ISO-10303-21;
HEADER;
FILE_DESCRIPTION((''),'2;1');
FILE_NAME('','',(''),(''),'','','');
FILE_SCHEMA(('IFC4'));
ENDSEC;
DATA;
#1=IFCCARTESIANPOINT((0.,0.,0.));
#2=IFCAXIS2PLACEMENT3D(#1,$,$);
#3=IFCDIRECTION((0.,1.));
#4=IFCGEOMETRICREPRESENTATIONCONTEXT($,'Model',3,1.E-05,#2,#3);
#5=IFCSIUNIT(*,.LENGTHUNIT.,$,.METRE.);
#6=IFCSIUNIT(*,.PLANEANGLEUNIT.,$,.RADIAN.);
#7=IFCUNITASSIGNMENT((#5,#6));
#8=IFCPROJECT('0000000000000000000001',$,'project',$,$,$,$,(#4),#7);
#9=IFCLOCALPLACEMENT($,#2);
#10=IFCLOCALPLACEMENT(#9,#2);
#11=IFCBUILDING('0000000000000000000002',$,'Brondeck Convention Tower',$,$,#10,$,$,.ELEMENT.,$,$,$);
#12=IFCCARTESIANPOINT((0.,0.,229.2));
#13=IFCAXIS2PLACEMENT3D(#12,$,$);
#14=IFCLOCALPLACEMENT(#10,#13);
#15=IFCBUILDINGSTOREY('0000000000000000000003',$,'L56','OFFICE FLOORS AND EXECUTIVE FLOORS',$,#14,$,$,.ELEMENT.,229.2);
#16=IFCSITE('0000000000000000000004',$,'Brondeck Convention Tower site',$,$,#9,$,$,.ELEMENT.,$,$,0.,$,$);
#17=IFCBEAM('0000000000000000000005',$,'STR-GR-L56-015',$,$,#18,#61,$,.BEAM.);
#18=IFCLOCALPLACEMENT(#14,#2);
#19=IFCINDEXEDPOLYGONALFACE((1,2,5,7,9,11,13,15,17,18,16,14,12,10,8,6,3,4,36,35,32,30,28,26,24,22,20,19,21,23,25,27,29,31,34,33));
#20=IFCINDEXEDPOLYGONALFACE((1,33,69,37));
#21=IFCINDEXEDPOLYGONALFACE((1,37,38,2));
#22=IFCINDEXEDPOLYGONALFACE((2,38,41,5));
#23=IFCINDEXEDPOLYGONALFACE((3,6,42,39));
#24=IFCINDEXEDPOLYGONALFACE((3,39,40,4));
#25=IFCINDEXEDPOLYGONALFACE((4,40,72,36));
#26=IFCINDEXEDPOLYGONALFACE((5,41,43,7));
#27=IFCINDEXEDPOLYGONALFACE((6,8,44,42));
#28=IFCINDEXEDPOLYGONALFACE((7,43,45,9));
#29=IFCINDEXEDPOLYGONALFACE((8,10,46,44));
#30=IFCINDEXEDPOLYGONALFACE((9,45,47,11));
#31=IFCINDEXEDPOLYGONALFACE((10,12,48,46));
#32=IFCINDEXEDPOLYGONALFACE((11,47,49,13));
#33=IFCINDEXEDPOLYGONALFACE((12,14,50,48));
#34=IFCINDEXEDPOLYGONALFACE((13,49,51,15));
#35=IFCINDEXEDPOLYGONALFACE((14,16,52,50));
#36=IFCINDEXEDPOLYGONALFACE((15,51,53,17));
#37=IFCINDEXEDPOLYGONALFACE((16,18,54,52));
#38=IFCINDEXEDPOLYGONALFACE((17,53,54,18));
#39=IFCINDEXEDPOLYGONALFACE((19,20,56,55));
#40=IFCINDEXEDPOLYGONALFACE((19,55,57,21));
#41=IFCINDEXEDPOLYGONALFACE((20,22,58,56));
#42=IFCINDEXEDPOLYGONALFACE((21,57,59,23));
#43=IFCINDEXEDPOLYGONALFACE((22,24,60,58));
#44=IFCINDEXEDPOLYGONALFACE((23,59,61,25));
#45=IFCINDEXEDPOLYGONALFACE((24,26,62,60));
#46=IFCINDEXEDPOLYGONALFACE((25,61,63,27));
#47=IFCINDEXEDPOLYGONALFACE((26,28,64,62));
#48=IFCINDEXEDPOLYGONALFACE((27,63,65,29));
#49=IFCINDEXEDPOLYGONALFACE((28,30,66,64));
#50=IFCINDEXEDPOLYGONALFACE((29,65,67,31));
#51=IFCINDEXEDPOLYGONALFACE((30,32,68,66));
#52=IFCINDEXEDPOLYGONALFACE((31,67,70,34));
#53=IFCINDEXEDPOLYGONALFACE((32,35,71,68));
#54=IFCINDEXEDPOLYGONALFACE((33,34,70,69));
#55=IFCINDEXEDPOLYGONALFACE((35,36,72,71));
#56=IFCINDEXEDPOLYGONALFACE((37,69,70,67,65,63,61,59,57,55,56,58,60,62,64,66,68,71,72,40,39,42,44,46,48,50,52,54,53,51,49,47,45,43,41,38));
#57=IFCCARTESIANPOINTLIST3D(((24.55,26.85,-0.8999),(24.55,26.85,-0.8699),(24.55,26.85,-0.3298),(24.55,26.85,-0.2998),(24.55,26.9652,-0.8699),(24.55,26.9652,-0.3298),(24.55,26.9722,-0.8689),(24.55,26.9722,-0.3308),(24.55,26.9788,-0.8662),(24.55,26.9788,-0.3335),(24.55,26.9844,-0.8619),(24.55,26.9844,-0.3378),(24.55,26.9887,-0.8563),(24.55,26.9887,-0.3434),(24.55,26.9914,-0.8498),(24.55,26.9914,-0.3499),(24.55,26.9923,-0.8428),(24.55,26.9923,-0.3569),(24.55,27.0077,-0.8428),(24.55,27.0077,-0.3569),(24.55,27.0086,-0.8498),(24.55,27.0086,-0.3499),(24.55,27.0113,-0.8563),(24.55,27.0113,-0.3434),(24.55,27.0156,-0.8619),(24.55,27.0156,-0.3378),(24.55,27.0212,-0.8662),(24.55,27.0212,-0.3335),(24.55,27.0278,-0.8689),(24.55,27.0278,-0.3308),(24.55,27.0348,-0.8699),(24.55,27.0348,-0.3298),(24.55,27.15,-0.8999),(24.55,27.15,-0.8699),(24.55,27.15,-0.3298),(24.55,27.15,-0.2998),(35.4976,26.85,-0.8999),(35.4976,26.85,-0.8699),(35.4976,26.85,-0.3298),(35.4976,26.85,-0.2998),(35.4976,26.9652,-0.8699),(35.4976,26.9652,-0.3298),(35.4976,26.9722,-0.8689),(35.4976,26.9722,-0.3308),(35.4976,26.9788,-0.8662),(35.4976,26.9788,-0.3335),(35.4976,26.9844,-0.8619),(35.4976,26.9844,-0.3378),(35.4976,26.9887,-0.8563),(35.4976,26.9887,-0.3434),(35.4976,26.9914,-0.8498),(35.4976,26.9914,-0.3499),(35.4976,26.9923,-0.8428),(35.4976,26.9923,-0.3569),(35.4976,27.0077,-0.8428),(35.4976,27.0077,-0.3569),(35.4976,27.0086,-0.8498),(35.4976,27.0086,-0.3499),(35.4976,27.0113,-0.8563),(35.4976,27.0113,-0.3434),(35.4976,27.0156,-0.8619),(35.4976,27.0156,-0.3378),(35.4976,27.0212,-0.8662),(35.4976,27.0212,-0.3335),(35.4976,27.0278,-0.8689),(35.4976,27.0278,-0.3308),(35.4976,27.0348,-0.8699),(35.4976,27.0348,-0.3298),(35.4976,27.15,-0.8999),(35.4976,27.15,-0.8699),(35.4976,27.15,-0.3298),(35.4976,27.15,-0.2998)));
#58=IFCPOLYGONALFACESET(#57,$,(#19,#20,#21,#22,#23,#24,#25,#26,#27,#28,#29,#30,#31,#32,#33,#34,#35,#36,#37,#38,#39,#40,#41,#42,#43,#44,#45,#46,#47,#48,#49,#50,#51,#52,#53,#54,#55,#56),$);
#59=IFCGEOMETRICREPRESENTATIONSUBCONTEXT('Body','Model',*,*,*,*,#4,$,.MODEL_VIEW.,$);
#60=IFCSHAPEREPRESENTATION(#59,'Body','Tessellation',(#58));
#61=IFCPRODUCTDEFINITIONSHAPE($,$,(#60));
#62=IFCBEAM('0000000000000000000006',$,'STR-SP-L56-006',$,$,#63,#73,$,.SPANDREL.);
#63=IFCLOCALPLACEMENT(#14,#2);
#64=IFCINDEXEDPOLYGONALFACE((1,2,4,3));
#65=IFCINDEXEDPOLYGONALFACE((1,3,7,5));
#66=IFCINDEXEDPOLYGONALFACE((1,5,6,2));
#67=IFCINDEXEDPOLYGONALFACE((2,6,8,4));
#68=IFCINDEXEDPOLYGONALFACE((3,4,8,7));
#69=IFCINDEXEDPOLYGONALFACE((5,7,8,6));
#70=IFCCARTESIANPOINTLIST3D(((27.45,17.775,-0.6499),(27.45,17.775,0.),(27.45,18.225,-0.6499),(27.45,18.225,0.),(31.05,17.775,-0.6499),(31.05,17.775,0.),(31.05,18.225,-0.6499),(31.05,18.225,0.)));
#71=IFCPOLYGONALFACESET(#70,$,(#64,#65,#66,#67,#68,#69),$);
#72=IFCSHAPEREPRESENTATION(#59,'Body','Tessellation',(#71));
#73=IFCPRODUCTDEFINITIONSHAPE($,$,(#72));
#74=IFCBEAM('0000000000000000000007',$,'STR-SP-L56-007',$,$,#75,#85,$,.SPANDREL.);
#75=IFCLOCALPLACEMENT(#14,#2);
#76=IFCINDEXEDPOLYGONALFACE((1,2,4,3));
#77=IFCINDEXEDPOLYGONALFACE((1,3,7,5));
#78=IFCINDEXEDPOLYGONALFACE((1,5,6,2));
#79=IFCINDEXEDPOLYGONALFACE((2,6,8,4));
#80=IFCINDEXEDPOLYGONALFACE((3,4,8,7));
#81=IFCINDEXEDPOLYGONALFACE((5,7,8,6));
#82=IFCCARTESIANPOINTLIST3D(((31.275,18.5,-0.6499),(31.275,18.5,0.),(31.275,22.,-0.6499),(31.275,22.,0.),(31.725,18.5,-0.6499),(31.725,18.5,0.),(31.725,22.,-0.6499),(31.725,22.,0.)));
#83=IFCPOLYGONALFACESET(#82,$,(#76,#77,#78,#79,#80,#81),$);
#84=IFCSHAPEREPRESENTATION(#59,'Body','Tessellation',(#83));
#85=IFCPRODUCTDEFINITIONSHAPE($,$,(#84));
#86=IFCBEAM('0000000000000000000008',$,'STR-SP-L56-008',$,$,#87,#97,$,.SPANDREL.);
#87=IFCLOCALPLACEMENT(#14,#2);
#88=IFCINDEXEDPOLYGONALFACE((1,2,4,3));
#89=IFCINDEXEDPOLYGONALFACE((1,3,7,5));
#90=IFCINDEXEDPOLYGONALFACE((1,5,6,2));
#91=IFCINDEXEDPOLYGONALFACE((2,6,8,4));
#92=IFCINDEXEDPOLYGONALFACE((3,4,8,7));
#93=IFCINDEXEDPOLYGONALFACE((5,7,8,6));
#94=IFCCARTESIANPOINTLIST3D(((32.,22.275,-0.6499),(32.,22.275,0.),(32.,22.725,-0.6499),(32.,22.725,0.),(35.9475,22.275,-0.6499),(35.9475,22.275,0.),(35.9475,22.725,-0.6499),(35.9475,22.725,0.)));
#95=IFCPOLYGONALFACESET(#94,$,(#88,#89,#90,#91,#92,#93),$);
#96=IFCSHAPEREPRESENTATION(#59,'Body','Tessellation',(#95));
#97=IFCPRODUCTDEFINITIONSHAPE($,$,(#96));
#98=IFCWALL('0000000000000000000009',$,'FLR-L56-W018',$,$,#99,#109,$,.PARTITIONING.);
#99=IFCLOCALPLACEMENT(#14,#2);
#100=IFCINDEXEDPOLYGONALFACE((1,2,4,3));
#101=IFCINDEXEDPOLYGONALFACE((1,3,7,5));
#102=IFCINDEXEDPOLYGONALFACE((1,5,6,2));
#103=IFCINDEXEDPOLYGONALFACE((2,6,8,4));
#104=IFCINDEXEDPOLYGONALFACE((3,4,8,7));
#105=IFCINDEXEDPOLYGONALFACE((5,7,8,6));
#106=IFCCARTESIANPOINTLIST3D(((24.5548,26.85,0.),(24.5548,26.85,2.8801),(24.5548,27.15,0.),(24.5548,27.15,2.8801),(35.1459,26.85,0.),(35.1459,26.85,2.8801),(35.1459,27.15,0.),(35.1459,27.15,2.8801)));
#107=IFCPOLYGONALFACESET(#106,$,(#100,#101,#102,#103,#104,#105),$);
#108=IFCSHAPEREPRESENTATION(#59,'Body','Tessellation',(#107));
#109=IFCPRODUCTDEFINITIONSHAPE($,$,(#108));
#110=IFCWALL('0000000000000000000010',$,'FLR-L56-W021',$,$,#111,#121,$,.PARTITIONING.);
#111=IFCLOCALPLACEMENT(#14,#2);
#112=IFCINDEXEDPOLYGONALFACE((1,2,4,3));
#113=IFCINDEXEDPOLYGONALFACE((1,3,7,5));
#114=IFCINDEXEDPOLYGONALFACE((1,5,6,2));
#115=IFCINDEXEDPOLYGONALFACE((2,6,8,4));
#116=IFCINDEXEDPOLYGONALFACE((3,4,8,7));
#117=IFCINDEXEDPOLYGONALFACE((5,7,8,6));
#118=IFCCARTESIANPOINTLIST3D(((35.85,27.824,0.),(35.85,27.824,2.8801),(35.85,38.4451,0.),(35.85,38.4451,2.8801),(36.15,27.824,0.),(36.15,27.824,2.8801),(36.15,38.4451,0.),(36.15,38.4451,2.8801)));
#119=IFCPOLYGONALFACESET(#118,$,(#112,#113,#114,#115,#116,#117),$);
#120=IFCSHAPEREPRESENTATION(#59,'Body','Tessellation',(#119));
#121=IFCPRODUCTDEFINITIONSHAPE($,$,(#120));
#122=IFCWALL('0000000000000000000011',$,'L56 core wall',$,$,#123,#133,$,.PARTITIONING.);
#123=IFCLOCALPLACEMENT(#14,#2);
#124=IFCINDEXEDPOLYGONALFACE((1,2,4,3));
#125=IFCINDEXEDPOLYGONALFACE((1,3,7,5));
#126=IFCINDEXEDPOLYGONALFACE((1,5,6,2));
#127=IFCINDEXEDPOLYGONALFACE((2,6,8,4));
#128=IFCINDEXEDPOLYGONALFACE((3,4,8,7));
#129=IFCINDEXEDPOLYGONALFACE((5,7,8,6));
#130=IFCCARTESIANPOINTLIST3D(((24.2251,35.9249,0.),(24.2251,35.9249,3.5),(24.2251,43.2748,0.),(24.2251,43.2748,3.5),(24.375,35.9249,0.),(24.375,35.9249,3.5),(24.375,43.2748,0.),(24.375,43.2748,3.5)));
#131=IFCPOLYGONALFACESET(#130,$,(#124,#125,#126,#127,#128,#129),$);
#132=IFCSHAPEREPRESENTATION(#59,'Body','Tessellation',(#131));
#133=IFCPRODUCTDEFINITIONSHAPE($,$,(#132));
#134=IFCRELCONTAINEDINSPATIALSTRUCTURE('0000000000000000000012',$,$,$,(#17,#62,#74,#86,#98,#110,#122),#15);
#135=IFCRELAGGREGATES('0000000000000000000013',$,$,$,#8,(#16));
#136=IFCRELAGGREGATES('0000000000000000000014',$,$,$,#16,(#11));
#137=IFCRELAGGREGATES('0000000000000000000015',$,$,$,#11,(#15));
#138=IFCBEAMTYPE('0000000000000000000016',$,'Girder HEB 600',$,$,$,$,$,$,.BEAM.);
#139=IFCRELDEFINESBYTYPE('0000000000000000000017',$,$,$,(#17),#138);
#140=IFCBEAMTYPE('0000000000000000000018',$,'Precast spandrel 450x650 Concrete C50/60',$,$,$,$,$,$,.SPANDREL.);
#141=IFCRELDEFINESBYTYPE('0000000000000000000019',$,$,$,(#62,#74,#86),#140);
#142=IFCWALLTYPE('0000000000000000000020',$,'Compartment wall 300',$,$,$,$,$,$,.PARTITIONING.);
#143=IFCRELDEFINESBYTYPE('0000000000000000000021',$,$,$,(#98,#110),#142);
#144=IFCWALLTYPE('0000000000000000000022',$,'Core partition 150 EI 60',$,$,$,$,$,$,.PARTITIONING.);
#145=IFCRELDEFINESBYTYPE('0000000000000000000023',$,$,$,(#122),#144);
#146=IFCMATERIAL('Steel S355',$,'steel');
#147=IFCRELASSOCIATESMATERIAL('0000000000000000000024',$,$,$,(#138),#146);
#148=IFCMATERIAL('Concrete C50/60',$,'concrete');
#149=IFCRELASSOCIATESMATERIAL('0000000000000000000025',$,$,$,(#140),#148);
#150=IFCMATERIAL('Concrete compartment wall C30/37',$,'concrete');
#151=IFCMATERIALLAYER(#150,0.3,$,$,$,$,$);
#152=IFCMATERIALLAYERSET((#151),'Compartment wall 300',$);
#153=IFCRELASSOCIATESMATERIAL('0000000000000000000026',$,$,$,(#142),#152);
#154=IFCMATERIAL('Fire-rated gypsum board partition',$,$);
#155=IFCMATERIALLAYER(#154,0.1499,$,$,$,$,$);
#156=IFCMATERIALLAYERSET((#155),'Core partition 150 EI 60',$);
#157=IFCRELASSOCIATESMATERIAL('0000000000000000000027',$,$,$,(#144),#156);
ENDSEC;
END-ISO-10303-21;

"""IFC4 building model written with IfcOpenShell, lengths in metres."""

from ifc_helpers import new_model, si_unit, direction, frame, frame_2d, origin, origin_2d, place, context, subcontext, project, spatial, rectangle, i_section, extrude, material, layer, layer_set, material_profile, profile_set, type_object, element, save


model = new_model("IFC4")

# Units and contexts
model_context = context("Model", 3, precision=1e-05, world=origin(), true_north=direction((0.0, 1.0)))
body_context = subcontext(model_context, "Body", "Model", "MODEL_VIEW")
ifc_project = project(units=[si_unit("LENGTHUNIT", "METRE"), si_unit("PLANEANGLEUNIT", "RADIAN")], contexts=[model_context])

# Site, building, storey
site_placement = place(None, origin())
site = spatial("IfcSite", under=ifc_project, at=site_placement, Name="Brondeck Convention Tower site", CompositionType="ELEMENT", RefElevation=0.0)
building_placement = place(site_placement, origin())
building = spatial("IfcBuilding", under=site, at=building_placement, Name="Brondeck Convention Tower", CompositionType="ELEMENT")
storey_placement = place(building_placement, frame((0.0, 0.0, 229.2)))
storey = spatial("IfcBuildingStorey", under=building, at=storey_placement, Name="L56", Description="OFFICE FLOORS AND EXECUTIVE FLOORS", CompositionType="ELEMENT", Elevation=229.2)

# Shared definitions
ifc_material_1 = material(Name="Concrete C50/60", Category="concrete")

# Beams
ifc_material_2 = material(Name="Steel S355", Category="steel")
ifc_material_profile_1 = material_profile(ifc_material_2, i_section(OverallWidth=0.3, OverallDepth=0.6001, WebThickness=0.0154, FlangeThickness=0.03, FilletRadius=0.0271, at=origin_2d()), Name="HEB 600")
ifc_profile_set_1 = profile_set([ifc_material_profile_1], Name="Steel S355")
beam_type_1 = type_object("IfcBeamType", Name="Girder HEB 600", PredefinedType="BEAM", material=ifc_profile_set_1)
beam_1_placement = place(storey_placement, frame((24.55, 27.0, -0.5999), z_axis=(1.0, 0.0, 0.0), x_axis=(0.0, 1.0, 0.0)))
element("IfcBeam", 1, at=beam_1_placement, inside=storey, type_object=beam_type_1, Name="STR-GR-L56-015", PredefinedType="BEAM", context=body_context, shape_type="SweptSolid", body=[
    extrude(i_section(OverallWidth=0.3, OverallDepth=0.6001, WebThickness=0.0154, FlangeThickness=0.03, FilletRadius=0.0271, at=origin_2d()), origin(), (0.0, 0.0, 1.0), 10.9475),
])
ifc_material_profile_2 = material_profile(ifc_material_1, rectangle(XDim=0.45, YDim=0.6499, at=origin_2d()), Name="Precast spandrel 450x650 Concrete C50/60")
ifc_profile_set_2 = profile_set([ifc_material_profile_2], Name="Concrete C50/60")
beam_type_2 = type_object("IfcBeamType", Name="Precast spandrel 450x650 Concrete C50/60", PredefinedType="SPANDREL", material=ifc_profile_set_2)
beam_2_placement = place(storey_placement, frame((27.45, 18.0, -0.325), z_axis=(1.0, 0.0, 0.0), x_axis=(0.0, 1.0, 0.0)))
element("IfcBeam", 2, at=beam_2_placement, inside=storey, type_object=beam_type_2, Name="STR-SP-L56-006", PredefinedType="SPANDREL", context=body_context, shape_type="SweptSolid", body=[
    extrude(rectangle(XDim=0.45, YDim=0.6499, at=origin_2d()), origin(), (0.0, 0.0, 1.0), 3.6001),
])
beam_3_placement = place(storey_placement, frame((31.5, 18.5, -0.325), z_axis=(0.0, 1.0, 0.0), x_axis=(-1.0, 0.0, 0.0)))
element("IfcBeam", 3, at=beam_3_placement, inside=storey, type_object=beam_type_2, Name="STR-SP-L56-007", PredefinedType="SPANDREL", context=body_context, shape_type="SweptSolid", body=[
    extrude(rectangle(XDim=0.45, YDim=0.6499, at=origin_2d()), origin(), (0.0, 0.0, 1.0), 3.5),
])
beam_4_placement = place(storey_placement, frame((32.0, 22.5, -0.325), z_axis=(1.0, 0.0, 0.0), x_axis=(0.0, 1.0, 0.0)))
element("IfcBeam", 4, at=beam_4_placement, inside=storey, type_object=beam_type_2, Name="STR-SP-L56-008", PredefinedType="SPANDREL", context=body_context, shape_type="SweptSolid", body=[
    extrude(rectangle(XDim=0.45, YDim=0.6499, at=origin_2d()), origin(), (0.0, 0.0, 1.0), 3.9475),
])

# Walls
ifc_material_3 = material(Name="Concrete compartment wall C30/37", Category="concrete")
ifc_layer_1 = layer(ifc_material_3, 0.3)
ifc_layer_set_1 = layer_set([ifc_layer_1], Name="Compartment wall 300")
wall_type_1 = type_object("IfcWallType", Name="Compartment wall 300", PredefinedType="PARTITIONING", material=ifc_layer_set_1)
wall_1_placement = place(storey_placement, frame((24.5549, 27.0, 0.0), z_axis=(0.0, 0.0, 1.0), x_axis=(1.0, 0.0, 0.0)))
element("IfcWall", 5, at=wall_1_placement, inside=storey, type_object=wall_type_1, Name="FLR-L56-W018", PredefinedType="PARTITIONING", context=body_context, shape_type="SweptSolid", body=[
    extrude(rectangle(XDim=10.5911, YDim=0.3, at=frame_2d((5.2954, 0.0))), origin(), (0.0, 0.0, 1.0), 2.8801),
])
wall_2_placement = place(storey_placement, frame((36.0, 27.824, 0.0), z_axis=(0.0, 0.0, 1.0), x_axis=(0.0, 1.0, 0.0)))
element("IfcWall", 6, at=wall_2_placement, inside=storey, type_object=wall_type_1, Name="FLR-L56-W021", PredefinedType="PARTITIONING", context=body_context, shape_type="SweptSolid", body=[
    extrude(rectangle(XDim=10.6211, YDim=0.3, at=frame_2d((5.3105, 0.0))), origin(), (0.0, 0.0, 1.0), 2.8801),
])
ifc_material_4 = material(Name="Fire-rated gypsum board partition")
ifc_layer_2 = layer(ifc_material_4, 0.1499)
ifc_layer_set_2 = layer_set([ifc_layer_2], Name="Core partition 150 EI 60")
wall_type_2 = type_object("IfcWallType", Name="Core partition 150 EI 60", PredefinedType="PARTITIONING", material=ifc_layer_set_2)
wall_3_placement = place(storey_placement, frame((24.3, 35.925, 0.0), z_axis=(0.0, 0.0, 1.0), x_axis=(0.0, 1.0, 0.0)))
element("IfcWall", 7, at=wall_3_placement, inside=storey, type_object=wall_type_2, Name="L56 core wall", PredefinedType="PARTITIONING", context=body_context, shape_type="SweptSolid", body=[
    extrude(rectangle(XDim=7.3499, YDim=0.1499, at=frame_2d((3.6748, 0.0))), origin(), (0.0, 0.0, 1.0), 3.5),
])

save(model, "model.ifc")
